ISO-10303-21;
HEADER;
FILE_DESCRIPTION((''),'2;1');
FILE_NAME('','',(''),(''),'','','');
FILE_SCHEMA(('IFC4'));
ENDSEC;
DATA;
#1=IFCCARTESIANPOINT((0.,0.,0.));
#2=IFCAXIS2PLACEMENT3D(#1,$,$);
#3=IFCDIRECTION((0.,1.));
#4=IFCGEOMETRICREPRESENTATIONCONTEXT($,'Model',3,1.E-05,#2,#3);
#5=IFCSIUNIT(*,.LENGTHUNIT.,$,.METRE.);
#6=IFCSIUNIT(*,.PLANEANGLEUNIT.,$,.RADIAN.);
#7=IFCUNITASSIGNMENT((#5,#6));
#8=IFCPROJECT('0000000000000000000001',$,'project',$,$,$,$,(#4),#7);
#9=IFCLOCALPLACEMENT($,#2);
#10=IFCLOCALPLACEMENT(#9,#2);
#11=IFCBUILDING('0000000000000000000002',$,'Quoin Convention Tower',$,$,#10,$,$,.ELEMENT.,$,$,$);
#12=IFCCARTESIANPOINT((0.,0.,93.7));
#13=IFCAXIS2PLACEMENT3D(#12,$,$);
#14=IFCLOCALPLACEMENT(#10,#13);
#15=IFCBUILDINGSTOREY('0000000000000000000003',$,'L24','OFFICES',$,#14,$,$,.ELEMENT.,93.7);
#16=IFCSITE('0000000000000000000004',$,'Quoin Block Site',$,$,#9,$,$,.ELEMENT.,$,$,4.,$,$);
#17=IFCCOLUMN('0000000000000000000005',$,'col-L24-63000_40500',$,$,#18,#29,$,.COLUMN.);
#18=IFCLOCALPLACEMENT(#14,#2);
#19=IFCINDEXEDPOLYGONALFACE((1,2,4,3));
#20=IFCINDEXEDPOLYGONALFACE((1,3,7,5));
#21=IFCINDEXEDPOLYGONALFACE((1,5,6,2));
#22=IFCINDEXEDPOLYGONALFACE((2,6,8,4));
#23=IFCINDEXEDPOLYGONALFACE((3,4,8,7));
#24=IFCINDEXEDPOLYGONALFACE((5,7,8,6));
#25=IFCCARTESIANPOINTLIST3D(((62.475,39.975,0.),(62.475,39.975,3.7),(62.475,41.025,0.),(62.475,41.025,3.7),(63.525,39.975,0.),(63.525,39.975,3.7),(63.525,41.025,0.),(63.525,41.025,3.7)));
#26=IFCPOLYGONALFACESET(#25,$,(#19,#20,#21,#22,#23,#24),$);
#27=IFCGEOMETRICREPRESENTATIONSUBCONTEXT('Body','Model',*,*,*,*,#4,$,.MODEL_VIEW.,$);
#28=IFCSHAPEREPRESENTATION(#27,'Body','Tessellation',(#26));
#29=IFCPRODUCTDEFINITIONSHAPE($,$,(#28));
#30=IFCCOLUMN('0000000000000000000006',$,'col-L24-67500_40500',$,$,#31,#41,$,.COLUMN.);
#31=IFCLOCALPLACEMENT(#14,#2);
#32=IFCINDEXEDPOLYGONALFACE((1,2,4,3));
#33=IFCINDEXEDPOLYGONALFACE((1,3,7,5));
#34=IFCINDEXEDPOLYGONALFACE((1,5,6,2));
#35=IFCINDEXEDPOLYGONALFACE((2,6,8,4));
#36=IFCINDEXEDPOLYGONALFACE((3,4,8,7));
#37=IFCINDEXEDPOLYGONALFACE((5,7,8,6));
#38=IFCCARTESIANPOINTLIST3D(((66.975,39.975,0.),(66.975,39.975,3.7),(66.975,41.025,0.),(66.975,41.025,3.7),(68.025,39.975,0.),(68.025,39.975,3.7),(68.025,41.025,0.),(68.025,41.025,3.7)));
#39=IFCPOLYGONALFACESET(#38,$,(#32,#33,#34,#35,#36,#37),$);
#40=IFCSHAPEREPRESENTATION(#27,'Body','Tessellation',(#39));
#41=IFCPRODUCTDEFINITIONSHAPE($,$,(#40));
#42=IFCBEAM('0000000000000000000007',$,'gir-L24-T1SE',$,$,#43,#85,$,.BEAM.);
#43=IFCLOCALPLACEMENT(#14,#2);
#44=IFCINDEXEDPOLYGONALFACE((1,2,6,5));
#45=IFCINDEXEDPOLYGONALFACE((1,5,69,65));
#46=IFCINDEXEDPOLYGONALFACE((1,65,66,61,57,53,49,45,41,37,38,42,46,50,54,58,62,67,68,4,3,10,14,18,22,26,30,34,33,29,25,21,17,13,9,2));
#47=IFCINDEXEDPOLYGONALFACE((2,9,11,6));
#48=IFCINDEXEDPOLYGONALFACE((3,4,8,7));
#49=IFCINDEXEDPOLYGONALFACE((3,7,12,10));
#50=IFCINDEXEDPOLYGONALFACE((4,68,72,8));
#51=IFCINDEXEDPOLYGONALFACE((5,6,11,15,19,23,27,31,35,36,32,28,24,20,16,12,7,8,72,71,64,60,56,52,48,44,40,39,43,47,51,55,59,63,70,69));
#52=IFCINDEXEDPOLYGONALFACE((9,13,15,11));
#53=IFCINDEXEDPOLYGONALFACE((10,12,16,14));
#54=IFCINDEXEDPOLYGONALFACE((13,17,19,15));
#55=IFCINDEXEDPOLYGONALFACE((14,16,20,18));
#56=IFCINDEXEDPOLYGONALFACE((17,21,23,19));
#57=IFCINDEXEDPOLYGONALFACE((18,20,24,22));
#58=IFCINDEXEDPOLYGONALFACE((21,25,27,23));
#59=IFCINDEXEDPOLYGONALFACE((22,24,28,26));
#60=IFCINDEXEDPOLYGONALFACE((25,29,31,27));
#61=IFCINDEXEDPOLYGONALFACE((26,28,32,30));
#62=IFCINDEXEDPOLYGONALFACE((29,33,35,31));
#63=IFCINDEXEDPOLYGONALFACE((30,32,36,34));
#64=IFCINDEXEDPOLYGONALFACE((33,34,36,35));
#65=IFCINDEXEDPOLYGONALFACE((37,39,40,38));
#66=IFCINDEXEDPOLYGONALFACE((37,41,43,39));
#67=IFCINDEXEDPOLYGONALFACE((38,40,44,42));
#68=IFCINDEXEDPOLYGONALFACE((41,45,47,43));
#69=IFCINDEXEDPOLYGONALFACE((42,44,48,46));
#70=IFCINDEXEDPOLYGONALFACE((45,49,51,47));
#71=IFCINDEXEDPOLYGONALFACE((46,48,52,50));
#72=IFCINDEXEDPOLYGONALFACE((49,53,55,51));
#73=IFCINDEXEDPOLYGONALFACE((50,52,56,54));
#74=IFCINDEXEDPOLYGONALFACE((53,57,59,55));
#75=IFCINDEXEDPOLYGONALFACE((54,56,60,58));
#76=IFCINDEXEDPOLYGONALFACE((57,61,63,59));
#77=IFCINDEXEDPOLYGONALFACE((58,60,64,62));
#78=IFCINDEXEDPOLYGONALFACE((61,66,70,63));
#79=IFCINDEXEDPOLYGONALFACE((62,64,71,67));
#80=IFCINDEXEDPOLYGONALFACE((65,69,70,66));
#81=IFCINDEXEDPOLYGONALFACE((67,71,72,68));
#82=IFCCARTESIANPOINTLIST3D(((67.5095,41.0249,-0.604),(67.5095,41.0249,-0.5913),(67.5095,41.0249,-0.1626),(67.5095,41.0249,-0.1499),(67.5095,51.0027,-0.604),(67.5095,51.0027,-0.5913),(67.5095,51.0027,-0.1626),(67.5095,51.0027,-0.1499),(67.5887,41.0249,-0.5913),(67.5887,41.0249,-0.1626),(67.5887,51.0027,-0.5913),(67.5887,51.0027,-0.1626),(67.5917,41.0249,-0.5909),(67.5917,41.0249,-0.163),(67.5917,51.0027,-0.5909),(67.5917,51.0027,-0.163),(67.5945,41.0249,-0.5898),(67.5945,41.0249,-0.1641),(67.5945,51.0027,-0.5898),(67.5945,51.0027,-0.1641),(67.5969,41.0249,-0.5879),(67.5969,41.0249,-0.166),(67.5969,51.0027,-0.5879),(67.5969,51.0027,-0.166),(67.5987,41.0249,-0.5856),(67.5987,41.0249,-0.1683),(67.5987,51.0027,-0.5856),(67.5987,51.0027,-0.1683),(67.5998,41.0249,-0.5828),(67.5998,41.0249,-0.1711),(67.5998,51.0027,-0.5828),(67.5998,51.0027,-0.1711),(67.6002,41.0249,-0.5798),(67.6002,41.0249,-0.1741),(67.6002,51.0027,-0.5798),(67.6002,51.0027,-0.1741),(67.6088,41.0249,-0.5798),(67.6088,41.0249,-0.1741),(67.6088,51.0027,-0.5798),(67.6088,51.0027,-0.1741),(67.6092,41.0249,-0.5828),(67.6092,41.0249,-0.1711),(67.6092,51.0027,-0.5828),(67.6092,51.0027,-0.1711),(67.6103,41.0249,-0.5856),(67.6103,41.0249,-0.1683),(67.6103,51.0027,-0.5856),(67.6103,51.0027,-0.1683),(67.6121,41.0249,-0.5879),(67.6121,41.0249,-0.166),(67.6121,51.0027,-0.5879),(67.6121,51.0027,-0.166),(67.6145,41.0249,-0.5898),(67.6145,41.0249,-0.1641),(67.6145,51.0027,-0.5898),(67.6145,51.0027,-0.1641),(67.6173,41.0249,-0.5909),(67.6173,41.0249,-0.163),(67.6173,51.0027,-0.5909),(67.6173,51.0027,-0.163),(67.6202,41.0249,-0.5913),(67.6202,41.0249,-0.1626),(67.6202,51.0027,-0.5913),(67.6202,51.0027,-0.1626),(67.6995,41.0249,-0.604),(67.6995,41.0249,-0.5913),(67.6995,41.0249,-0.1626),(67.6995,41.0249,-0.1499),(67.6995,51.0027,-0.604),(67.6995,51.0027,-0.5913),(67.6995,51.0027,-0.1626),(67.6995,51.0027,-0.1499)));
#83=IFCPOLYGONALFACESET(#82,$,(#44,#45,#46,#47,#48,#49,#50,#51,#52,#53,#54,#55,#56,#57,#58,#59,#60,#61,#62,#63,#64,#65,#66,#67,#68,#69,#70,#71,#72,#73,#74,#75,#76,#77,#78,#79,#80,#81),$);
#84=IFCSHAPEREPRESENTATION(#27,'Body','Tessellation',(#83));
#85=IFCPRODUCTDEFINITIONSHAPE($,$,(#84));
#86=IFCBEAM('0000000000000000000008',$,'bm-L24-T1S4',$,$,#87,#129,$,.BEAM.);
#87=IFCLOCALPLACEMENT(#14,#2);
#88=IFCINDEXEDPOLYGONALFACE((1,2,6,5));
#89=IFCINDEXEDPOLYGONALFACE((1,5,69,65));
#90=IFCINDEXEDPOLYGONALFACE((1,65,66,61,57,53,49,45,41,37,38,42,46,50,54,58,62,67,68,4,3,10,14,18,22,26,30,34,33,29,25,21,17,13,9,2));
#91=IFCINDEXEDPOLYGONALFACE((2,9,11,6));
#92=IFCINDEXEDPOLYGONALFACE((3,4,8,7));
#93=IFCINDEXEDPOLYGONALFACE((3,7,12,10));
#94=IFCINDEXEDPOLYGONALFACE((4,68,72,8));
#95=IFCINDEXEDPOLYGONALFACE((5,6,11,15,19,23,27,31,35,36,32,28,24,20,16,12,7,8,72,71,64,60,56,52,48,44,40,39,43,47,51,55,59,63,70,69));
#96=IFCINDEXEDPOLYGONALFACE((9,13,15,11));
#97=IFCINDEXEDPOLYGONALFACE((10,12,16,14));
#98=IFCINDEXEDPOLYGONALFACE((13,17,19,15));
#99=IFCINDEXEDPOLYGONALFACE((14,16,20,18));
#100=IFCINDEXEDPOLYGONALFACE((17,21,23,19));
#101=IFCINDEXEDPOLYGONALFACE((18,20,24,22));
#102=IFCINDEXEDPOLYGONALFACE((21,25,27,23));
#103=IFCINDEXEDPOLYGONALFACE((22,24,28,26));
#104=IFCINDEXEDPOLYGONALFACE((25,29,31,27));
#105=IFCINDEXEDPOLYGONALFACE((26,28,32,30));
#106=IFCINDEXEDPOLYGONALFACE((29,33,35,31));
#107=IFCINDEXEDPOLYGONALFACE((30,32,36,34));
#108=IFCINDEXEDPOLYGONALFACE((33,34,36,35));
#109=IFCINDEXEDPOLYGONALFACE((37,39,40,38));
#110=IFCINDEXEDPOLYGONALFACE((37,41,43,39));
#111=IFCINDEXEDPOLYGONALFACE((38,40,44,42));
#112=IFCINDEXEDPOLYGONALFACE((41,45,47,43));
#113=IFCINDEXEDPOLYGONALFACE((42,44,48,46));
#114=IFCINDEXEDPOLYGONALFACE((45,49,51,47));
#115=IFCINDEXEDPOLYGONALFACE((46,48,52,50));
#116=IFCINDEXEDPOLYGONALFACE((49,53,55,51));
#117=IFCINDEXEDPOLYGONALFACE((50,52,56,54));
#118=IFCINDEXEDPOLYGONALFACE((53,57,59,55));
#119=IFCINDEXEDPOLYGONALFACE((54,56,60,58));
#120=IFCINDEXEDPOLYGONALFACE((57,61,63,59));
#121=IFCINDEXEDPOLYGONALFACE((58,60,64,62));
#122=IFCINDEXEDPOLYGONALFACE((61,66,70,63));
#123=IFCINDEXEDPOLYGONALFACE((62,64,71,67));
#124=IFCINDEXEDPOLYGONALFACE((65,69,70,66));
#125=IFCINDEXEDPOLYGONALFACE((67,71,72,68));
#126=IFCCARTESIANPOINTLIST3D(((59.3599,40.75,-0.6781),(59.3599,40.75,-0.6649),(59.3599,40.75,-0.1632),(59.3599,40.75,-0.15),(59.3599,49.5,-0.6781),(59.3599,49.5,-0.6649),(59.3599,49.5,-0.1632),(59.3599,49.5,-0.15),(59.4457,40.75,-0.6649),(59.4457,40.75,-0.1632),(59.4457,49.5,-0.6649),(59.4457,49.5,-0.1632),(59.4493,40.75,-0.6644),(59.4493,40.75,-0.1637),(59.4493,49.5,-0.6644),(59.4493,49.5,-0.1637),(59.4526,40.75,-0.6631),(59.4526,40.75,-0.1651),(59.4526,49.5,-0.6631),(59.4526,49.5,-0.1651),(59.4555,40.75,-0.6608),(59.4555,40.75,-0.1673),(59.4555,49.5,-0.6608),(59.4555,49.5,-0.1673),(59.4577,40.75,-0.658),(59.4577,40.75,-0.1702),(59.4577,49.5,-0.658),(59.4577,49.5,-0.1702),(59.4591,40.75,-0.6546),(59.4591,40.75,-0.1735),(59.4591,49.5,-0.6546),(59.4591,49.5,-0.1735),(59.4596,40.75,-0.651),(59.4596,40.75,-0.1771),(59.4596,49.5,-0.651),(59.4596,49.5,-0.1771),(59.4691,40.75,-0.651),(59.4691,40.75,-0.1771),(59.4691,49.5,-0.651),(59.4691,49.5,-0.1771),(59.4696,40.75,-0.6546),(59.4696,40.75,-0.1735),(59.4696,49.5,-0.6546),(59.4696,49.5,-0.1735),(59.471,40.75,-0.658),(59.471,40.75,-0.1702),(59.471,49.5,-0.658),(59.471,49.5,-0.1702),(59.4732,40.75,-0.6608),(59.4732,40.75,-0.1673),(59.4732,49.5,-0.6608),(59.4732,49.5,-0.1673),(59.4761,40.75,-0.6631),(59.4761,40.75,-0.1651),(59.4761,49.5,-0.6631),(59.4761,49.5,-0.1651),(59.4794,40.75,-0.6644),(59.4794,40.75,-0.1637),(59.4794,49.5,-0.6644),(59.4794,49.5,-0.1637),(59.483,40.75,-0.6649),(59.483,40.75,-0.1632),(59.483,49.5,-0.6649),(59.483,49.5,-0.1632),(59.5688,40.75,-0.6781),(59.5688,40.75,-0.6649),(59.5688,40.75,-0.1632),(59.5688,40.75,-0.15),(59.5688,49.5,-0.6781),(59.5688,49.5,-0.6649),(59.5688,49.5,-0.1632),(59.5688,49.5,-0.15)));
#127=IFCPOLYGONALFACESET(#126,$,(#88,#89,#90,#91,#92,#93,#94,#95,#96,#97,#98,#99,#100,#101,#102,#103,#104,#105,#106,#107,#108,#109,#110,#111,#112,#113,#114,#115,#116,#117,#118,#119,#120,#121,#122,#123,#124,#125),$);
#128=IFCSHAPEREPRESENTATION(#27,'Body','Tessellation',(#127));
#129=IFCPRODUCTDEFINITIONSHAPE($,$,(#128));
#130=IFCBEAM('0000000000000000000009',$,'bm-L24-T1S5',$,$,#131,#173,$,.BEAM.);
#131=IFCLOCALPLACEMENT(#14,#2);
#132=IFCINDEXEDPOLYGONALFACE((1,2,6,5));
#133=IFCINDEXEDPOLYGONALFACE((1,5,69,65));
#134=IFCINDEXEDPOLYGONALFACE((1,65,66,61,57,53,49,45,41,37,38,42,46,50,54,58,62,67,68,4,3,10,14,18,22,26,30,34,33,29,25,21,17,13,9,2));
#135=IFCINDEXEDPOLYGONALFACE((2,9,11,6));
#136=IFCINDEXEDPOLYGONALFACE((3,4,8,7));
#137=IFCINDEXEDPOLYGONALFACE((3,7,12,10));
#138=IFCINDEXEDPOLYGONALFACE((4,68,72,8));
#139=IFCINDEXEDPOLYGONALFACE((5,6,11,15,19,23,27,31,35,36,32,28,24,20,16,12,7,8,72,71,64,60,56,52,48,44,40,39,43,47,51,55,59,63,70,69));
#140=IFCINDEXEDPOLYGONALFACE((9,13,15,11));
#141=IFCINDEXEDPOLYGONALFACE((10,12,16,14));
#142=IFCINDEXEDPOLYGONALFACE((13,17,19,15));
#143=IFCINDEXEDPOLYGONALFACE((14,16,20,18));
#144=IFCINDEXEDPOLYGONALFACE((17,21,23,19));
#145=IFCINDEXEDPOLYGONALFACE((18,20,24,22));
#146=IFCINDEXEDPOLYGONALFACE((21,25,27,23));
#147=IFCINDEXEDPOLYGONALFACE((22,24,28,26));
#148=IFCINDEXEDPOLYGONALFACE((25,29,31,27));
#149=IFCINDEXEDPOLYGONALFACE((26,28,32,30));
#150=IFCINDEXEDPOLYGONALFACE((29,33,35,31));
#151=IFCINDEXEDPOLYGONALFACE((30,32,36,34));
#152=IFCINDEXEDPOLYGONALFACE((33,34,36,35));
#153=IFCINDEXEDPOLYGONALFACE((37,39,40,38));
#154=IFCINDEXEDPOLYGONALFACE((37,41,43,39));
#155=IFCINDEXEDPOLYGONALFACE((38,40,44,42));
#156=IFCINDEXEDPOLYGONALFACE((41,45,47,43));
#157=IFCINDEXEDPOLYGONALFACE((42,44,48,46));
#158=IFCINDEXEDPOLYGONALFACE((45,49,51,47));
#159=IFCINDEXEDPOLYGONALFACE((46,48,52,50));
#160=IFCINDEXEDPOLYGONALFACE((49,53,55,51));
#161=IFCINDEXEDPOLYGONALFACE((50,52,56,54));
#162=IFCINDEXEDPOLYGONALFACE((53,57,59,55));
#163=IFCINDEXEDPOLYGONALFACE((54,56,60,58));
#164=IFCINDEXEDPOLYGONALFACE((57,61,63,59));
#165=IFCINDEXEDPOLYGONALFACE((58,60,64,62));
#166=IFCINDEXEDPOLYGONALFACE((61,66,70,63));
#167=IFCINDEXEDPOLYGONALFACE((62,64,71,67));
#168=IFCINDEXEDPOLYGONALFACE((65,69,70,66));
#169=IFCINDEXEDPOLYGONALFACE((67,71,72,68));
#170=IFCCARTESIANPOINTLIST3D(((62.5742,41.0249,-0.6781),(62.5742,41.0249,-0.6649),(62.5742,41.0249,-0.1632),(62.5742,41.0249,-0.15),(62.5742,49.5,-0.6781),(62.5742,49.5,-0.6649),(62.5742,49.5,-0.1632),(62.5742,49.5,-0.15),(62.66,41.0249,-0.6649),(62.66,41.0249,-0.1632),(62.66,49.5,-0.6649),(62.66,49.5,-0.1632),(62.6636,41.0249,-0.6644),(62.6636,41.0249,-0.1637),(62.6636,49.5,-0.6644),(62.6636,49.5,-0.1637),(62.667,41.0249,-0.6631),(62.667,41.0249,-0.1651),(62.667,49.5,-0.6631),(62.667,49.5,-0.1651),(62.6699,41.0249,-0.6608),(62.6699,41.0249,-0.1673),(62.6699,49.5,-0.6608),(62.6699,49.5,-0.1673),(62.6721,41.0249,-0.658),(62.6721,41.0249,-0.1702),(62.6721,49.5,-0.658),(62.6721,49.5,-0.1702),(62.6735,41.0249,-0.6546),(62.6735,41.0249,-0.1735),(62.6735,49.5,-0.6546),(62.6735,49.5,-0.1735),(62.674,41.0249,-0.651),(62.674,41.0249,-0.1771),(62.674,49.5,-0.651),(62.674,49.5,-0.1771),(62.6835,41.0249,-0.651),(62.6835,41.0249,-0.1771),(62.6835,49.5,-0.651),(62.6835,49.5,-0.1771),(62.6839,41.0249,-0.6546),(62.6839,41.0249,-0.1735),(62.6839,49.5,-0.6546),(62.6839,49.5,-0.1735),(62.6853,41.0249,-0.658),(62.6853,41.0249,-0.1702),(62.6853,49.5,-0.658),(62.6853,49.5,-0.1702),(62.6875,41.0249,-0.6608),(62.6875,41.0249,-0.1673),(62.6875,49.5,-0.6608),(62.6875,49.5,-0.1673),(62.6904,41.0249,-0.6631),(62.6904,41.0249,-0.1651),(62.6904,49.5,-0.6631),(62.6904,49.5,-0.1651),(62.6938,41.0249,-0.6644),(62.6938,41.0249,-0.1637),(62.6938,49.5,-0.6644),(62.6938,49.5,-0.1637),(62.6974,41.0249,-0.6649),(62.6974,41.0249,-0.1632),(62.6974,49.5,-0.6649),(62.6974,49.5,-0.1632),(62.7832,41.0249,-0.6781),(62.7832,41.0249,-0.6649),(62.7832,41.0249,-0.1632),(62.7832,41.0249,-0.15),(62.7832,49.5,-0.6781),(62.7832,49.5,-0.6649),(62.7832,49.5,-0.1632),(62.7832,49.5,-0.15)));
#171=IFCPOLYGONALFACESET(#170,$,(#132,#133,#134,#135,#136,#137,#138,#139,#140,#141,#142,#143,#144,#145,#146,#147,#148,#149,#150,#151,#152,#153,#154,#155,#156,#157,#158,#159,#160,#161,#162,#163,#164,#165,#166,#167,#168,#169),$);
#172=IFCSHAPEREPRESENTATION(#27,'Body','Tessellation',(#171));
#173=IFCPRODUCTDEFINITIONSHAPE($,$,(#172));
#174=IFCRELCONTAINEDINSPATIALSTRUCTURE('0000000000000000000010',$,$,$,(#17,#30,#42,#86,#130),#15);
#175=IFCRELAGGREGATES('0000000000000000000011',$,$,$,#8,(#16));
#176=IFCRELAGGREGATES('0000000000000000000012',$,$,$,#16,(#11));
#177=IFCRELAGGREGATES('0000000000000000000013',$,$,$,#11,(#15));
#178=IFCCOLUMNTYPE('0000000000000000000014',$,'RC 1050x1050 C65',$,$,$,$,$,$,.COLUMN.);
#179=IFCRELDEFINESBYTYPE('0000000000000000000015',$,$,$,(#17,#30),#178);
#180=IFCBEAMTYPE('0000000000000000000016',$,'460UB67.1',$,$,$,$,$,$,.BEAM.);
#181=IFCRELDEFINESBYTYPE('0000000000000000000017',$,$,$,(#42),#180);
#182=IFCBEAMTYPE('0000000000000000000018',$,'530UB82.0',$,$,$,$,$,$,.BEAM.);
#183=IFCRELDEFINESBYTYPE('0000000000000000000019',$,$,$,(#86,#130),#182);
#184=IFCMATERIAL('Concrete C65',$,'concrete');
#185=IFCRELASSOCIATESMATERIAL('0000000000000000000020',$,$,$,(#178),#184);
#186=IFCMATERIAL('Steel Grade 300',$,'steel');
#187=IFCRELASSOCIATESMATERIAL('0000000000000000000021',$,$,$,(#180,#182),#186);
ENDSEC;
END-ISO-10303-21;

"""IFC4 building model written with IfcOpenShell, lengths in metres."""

from ifc_helpers import new_model, si_unit, direction, frame, origin, origin_2d, place, context, subcontext, project, spatial, rectangle, i_section, extrude, material, material_profile, profile_set, type_object, element, save


model = new_model("IFC4")

# Units and contexts
model_context = context("Model", 3, precision=1e-05, world=origin(), true_north=direction((0.0, 1.0)))
body_context = subcontext(model_context, "Body", "Model", "MODEL_VIEW")
ifc_project = project(units=[si_unit("LENGTHUNIT", "METRE"), si_unit("PLANEANGLEUNIT", "RADIAN")], contexts=[model_context])

# Site, building, storey
site_placement = place(None, origin())
site = spatial("IfcSite", under=ifc_project, at=site_placement, Name="Quoin Block Site", CompositionType="ELEMENT", RefElevation=4.0)
building_placement = place(site_placement, origin())
building = spatial("IfcBuilding", under=site, at=building_placement, Name="Quoin Convention Tower", CompositionType="ELEMENT")
storey_placement = place(building_placement, frame((0.0, 0.0, 93.7)))
storey = spatial("IfcBuildingStorey", under=building, at=storey_placement, Name="L24", Description="OFFICES", CompositionType="ELEMENT", Elevation=93.7)

# Columns
ifc_material_1 = material(Name="Concrete C65", Category="concrete")
ifc_material_profile_1 = material_profile(ifc_material_1, rectangle(XDim=1.05, YDim=1.05, at=origin_2d()), Name="RC 1050x1050")
ifc_profile_set_1 = profile_set([ifc_material_profile_1], Name="Concrete C65")
column_type = type_object("IfcColumnType", Name="RC 1050x1050 C65", PredefinedType="COLUMN", material=ifc_profile_set_1)
for number, where, z_axis, x_axis, name in (
    (1, (63.0, 40.5, 0.0), (0.0, 0.0, 1.0), (1.0, 0.0, 0.0), "col-L24-63000_40500"),
    (2, (67.5, 40.5, 0.0), (0.0, 0.0, 1.0), (1.0, 0.0, 0.0), "col-L24-67500_40500"),
):
    element("IfcColumn", number, at=place(storey_placement, frame(where, z_axis=z_axis, x_axis=x_axis)), inside=storey, type_object=column_type, Name=name, PredefinedType="COLUMN", context=body_context, shape_type="SweptSolid", body=[
        extrude(rectangle(XDim=1.05, YDim=1.05, at=origin_2d()), origin(), (0.0, 0.0, 1.0), 3.7),
    ])

# Beams
ifc_material_2 = material(Name="Steel Grade 300", Category="steel")
ifc_material_profile_2 = material_profile(ifc_material_2, i_section(OverallWidth=0.1899, OverallDepth=0.4541, WebThickness=0.0085, FlangeThickness=0.0127, FilletRadius=0.0115, at=origin_2d()), Name="460UB67.1")
ifc_profile_set_2 = profile_set([ifc_material_profile_2], Name="Steel Grade 300")
beam_type_1 = type_object("IfcBeamType", Name="460UB67.1", PredefinedType="BEAM", material=ifc_profile_set_2)
beam_1_placement = place(storey_placement, frame((67.6045, 41.0249, -0.377), z_axis=(0.0, 1.0, 0.0), x_axis=(-1.0, 0.0, 0.0)))
element("IfcBeam", 3, at=beam_1_placement, inside=storey, type_object=beam_type_1, Name="gir-L24-T1SE", PredefinedType="BEAM", context=body_context, shape_type="SweptSolid", body=[
    extrude(i_section(OverallWidth=0.1899, OverallDepth=0.4541, WebThickness=0.0085, FlangeThickness=0.0127, FilletRadius=0.0115, at=origin_2d()), origin(), (0.0, 0.0, 1.0), 9.9778),
])
ifc_material_profile_3 = material_profile(ifc_material_2, i_section(OverallWidth=0.209, OverallDepth=0.5281, WebThickness=0.0095, FlangeThickness=0.0132, FilletRadius=0.0139, at=origin_2d()), Name="530UB82.0")
ifc_profile_set_3 = profile_set([ifc_material_profile_3], Name="Steel Grade 300")
beam_type_2 = type_object("IfcBeamType", Name="530UB82.0", PredefinedType="BEAM", material=ifc_profile_set_3)
beam_2_placement = place(storey_placement, frame((59.4644, 40.75, -0.4141), z_axis=(0.0, 1.0, 0.0), x_axis=(-1.0, 0.0, 0.0)))
element("IfcBeam", 4, at=beam_2_placement, inside=storey, type_object=beam_type_2, Name="bm-L24-T1S4", PredefinedType="BEAM", context=body_context, shape_type="SweptSolid", body=[
    extrude(i_section(OverallWidth=0.209, OverallDepth=0.5281, WebThickness=0.0095, FlangeThickness=0.0132, FilletRadius=0.0139, at=origin_2d()), origin(), (0.0, 0.0, 1.0), 8.75),
])
beam_3_placement = place(storey_placement, frame((62.6787, 41.0249, -0.4141), z_axis=(0.0, 1.0, 0.0), x_axis=(-1.0, 0.0, 0.0)))
element("IfcBeam", 5, at=beam_3_placement, inside=storey, type_object=beam_type_2, Name="bm-L24-T1S5", PredefinedType="BEAM", context=body_context, shape_type="SweptSolid", body=[
    extrude(i_section(OverallWidth=0.209, OverallDepth=0.5281, WebThickness=0.0095, FlangeThickness=0.0132, FilletRadius=0.0139, at=origin_2d()), origin(), (0.0, 0.0, 1.0), 8.4751),
])

save(model, "model.ifc")
